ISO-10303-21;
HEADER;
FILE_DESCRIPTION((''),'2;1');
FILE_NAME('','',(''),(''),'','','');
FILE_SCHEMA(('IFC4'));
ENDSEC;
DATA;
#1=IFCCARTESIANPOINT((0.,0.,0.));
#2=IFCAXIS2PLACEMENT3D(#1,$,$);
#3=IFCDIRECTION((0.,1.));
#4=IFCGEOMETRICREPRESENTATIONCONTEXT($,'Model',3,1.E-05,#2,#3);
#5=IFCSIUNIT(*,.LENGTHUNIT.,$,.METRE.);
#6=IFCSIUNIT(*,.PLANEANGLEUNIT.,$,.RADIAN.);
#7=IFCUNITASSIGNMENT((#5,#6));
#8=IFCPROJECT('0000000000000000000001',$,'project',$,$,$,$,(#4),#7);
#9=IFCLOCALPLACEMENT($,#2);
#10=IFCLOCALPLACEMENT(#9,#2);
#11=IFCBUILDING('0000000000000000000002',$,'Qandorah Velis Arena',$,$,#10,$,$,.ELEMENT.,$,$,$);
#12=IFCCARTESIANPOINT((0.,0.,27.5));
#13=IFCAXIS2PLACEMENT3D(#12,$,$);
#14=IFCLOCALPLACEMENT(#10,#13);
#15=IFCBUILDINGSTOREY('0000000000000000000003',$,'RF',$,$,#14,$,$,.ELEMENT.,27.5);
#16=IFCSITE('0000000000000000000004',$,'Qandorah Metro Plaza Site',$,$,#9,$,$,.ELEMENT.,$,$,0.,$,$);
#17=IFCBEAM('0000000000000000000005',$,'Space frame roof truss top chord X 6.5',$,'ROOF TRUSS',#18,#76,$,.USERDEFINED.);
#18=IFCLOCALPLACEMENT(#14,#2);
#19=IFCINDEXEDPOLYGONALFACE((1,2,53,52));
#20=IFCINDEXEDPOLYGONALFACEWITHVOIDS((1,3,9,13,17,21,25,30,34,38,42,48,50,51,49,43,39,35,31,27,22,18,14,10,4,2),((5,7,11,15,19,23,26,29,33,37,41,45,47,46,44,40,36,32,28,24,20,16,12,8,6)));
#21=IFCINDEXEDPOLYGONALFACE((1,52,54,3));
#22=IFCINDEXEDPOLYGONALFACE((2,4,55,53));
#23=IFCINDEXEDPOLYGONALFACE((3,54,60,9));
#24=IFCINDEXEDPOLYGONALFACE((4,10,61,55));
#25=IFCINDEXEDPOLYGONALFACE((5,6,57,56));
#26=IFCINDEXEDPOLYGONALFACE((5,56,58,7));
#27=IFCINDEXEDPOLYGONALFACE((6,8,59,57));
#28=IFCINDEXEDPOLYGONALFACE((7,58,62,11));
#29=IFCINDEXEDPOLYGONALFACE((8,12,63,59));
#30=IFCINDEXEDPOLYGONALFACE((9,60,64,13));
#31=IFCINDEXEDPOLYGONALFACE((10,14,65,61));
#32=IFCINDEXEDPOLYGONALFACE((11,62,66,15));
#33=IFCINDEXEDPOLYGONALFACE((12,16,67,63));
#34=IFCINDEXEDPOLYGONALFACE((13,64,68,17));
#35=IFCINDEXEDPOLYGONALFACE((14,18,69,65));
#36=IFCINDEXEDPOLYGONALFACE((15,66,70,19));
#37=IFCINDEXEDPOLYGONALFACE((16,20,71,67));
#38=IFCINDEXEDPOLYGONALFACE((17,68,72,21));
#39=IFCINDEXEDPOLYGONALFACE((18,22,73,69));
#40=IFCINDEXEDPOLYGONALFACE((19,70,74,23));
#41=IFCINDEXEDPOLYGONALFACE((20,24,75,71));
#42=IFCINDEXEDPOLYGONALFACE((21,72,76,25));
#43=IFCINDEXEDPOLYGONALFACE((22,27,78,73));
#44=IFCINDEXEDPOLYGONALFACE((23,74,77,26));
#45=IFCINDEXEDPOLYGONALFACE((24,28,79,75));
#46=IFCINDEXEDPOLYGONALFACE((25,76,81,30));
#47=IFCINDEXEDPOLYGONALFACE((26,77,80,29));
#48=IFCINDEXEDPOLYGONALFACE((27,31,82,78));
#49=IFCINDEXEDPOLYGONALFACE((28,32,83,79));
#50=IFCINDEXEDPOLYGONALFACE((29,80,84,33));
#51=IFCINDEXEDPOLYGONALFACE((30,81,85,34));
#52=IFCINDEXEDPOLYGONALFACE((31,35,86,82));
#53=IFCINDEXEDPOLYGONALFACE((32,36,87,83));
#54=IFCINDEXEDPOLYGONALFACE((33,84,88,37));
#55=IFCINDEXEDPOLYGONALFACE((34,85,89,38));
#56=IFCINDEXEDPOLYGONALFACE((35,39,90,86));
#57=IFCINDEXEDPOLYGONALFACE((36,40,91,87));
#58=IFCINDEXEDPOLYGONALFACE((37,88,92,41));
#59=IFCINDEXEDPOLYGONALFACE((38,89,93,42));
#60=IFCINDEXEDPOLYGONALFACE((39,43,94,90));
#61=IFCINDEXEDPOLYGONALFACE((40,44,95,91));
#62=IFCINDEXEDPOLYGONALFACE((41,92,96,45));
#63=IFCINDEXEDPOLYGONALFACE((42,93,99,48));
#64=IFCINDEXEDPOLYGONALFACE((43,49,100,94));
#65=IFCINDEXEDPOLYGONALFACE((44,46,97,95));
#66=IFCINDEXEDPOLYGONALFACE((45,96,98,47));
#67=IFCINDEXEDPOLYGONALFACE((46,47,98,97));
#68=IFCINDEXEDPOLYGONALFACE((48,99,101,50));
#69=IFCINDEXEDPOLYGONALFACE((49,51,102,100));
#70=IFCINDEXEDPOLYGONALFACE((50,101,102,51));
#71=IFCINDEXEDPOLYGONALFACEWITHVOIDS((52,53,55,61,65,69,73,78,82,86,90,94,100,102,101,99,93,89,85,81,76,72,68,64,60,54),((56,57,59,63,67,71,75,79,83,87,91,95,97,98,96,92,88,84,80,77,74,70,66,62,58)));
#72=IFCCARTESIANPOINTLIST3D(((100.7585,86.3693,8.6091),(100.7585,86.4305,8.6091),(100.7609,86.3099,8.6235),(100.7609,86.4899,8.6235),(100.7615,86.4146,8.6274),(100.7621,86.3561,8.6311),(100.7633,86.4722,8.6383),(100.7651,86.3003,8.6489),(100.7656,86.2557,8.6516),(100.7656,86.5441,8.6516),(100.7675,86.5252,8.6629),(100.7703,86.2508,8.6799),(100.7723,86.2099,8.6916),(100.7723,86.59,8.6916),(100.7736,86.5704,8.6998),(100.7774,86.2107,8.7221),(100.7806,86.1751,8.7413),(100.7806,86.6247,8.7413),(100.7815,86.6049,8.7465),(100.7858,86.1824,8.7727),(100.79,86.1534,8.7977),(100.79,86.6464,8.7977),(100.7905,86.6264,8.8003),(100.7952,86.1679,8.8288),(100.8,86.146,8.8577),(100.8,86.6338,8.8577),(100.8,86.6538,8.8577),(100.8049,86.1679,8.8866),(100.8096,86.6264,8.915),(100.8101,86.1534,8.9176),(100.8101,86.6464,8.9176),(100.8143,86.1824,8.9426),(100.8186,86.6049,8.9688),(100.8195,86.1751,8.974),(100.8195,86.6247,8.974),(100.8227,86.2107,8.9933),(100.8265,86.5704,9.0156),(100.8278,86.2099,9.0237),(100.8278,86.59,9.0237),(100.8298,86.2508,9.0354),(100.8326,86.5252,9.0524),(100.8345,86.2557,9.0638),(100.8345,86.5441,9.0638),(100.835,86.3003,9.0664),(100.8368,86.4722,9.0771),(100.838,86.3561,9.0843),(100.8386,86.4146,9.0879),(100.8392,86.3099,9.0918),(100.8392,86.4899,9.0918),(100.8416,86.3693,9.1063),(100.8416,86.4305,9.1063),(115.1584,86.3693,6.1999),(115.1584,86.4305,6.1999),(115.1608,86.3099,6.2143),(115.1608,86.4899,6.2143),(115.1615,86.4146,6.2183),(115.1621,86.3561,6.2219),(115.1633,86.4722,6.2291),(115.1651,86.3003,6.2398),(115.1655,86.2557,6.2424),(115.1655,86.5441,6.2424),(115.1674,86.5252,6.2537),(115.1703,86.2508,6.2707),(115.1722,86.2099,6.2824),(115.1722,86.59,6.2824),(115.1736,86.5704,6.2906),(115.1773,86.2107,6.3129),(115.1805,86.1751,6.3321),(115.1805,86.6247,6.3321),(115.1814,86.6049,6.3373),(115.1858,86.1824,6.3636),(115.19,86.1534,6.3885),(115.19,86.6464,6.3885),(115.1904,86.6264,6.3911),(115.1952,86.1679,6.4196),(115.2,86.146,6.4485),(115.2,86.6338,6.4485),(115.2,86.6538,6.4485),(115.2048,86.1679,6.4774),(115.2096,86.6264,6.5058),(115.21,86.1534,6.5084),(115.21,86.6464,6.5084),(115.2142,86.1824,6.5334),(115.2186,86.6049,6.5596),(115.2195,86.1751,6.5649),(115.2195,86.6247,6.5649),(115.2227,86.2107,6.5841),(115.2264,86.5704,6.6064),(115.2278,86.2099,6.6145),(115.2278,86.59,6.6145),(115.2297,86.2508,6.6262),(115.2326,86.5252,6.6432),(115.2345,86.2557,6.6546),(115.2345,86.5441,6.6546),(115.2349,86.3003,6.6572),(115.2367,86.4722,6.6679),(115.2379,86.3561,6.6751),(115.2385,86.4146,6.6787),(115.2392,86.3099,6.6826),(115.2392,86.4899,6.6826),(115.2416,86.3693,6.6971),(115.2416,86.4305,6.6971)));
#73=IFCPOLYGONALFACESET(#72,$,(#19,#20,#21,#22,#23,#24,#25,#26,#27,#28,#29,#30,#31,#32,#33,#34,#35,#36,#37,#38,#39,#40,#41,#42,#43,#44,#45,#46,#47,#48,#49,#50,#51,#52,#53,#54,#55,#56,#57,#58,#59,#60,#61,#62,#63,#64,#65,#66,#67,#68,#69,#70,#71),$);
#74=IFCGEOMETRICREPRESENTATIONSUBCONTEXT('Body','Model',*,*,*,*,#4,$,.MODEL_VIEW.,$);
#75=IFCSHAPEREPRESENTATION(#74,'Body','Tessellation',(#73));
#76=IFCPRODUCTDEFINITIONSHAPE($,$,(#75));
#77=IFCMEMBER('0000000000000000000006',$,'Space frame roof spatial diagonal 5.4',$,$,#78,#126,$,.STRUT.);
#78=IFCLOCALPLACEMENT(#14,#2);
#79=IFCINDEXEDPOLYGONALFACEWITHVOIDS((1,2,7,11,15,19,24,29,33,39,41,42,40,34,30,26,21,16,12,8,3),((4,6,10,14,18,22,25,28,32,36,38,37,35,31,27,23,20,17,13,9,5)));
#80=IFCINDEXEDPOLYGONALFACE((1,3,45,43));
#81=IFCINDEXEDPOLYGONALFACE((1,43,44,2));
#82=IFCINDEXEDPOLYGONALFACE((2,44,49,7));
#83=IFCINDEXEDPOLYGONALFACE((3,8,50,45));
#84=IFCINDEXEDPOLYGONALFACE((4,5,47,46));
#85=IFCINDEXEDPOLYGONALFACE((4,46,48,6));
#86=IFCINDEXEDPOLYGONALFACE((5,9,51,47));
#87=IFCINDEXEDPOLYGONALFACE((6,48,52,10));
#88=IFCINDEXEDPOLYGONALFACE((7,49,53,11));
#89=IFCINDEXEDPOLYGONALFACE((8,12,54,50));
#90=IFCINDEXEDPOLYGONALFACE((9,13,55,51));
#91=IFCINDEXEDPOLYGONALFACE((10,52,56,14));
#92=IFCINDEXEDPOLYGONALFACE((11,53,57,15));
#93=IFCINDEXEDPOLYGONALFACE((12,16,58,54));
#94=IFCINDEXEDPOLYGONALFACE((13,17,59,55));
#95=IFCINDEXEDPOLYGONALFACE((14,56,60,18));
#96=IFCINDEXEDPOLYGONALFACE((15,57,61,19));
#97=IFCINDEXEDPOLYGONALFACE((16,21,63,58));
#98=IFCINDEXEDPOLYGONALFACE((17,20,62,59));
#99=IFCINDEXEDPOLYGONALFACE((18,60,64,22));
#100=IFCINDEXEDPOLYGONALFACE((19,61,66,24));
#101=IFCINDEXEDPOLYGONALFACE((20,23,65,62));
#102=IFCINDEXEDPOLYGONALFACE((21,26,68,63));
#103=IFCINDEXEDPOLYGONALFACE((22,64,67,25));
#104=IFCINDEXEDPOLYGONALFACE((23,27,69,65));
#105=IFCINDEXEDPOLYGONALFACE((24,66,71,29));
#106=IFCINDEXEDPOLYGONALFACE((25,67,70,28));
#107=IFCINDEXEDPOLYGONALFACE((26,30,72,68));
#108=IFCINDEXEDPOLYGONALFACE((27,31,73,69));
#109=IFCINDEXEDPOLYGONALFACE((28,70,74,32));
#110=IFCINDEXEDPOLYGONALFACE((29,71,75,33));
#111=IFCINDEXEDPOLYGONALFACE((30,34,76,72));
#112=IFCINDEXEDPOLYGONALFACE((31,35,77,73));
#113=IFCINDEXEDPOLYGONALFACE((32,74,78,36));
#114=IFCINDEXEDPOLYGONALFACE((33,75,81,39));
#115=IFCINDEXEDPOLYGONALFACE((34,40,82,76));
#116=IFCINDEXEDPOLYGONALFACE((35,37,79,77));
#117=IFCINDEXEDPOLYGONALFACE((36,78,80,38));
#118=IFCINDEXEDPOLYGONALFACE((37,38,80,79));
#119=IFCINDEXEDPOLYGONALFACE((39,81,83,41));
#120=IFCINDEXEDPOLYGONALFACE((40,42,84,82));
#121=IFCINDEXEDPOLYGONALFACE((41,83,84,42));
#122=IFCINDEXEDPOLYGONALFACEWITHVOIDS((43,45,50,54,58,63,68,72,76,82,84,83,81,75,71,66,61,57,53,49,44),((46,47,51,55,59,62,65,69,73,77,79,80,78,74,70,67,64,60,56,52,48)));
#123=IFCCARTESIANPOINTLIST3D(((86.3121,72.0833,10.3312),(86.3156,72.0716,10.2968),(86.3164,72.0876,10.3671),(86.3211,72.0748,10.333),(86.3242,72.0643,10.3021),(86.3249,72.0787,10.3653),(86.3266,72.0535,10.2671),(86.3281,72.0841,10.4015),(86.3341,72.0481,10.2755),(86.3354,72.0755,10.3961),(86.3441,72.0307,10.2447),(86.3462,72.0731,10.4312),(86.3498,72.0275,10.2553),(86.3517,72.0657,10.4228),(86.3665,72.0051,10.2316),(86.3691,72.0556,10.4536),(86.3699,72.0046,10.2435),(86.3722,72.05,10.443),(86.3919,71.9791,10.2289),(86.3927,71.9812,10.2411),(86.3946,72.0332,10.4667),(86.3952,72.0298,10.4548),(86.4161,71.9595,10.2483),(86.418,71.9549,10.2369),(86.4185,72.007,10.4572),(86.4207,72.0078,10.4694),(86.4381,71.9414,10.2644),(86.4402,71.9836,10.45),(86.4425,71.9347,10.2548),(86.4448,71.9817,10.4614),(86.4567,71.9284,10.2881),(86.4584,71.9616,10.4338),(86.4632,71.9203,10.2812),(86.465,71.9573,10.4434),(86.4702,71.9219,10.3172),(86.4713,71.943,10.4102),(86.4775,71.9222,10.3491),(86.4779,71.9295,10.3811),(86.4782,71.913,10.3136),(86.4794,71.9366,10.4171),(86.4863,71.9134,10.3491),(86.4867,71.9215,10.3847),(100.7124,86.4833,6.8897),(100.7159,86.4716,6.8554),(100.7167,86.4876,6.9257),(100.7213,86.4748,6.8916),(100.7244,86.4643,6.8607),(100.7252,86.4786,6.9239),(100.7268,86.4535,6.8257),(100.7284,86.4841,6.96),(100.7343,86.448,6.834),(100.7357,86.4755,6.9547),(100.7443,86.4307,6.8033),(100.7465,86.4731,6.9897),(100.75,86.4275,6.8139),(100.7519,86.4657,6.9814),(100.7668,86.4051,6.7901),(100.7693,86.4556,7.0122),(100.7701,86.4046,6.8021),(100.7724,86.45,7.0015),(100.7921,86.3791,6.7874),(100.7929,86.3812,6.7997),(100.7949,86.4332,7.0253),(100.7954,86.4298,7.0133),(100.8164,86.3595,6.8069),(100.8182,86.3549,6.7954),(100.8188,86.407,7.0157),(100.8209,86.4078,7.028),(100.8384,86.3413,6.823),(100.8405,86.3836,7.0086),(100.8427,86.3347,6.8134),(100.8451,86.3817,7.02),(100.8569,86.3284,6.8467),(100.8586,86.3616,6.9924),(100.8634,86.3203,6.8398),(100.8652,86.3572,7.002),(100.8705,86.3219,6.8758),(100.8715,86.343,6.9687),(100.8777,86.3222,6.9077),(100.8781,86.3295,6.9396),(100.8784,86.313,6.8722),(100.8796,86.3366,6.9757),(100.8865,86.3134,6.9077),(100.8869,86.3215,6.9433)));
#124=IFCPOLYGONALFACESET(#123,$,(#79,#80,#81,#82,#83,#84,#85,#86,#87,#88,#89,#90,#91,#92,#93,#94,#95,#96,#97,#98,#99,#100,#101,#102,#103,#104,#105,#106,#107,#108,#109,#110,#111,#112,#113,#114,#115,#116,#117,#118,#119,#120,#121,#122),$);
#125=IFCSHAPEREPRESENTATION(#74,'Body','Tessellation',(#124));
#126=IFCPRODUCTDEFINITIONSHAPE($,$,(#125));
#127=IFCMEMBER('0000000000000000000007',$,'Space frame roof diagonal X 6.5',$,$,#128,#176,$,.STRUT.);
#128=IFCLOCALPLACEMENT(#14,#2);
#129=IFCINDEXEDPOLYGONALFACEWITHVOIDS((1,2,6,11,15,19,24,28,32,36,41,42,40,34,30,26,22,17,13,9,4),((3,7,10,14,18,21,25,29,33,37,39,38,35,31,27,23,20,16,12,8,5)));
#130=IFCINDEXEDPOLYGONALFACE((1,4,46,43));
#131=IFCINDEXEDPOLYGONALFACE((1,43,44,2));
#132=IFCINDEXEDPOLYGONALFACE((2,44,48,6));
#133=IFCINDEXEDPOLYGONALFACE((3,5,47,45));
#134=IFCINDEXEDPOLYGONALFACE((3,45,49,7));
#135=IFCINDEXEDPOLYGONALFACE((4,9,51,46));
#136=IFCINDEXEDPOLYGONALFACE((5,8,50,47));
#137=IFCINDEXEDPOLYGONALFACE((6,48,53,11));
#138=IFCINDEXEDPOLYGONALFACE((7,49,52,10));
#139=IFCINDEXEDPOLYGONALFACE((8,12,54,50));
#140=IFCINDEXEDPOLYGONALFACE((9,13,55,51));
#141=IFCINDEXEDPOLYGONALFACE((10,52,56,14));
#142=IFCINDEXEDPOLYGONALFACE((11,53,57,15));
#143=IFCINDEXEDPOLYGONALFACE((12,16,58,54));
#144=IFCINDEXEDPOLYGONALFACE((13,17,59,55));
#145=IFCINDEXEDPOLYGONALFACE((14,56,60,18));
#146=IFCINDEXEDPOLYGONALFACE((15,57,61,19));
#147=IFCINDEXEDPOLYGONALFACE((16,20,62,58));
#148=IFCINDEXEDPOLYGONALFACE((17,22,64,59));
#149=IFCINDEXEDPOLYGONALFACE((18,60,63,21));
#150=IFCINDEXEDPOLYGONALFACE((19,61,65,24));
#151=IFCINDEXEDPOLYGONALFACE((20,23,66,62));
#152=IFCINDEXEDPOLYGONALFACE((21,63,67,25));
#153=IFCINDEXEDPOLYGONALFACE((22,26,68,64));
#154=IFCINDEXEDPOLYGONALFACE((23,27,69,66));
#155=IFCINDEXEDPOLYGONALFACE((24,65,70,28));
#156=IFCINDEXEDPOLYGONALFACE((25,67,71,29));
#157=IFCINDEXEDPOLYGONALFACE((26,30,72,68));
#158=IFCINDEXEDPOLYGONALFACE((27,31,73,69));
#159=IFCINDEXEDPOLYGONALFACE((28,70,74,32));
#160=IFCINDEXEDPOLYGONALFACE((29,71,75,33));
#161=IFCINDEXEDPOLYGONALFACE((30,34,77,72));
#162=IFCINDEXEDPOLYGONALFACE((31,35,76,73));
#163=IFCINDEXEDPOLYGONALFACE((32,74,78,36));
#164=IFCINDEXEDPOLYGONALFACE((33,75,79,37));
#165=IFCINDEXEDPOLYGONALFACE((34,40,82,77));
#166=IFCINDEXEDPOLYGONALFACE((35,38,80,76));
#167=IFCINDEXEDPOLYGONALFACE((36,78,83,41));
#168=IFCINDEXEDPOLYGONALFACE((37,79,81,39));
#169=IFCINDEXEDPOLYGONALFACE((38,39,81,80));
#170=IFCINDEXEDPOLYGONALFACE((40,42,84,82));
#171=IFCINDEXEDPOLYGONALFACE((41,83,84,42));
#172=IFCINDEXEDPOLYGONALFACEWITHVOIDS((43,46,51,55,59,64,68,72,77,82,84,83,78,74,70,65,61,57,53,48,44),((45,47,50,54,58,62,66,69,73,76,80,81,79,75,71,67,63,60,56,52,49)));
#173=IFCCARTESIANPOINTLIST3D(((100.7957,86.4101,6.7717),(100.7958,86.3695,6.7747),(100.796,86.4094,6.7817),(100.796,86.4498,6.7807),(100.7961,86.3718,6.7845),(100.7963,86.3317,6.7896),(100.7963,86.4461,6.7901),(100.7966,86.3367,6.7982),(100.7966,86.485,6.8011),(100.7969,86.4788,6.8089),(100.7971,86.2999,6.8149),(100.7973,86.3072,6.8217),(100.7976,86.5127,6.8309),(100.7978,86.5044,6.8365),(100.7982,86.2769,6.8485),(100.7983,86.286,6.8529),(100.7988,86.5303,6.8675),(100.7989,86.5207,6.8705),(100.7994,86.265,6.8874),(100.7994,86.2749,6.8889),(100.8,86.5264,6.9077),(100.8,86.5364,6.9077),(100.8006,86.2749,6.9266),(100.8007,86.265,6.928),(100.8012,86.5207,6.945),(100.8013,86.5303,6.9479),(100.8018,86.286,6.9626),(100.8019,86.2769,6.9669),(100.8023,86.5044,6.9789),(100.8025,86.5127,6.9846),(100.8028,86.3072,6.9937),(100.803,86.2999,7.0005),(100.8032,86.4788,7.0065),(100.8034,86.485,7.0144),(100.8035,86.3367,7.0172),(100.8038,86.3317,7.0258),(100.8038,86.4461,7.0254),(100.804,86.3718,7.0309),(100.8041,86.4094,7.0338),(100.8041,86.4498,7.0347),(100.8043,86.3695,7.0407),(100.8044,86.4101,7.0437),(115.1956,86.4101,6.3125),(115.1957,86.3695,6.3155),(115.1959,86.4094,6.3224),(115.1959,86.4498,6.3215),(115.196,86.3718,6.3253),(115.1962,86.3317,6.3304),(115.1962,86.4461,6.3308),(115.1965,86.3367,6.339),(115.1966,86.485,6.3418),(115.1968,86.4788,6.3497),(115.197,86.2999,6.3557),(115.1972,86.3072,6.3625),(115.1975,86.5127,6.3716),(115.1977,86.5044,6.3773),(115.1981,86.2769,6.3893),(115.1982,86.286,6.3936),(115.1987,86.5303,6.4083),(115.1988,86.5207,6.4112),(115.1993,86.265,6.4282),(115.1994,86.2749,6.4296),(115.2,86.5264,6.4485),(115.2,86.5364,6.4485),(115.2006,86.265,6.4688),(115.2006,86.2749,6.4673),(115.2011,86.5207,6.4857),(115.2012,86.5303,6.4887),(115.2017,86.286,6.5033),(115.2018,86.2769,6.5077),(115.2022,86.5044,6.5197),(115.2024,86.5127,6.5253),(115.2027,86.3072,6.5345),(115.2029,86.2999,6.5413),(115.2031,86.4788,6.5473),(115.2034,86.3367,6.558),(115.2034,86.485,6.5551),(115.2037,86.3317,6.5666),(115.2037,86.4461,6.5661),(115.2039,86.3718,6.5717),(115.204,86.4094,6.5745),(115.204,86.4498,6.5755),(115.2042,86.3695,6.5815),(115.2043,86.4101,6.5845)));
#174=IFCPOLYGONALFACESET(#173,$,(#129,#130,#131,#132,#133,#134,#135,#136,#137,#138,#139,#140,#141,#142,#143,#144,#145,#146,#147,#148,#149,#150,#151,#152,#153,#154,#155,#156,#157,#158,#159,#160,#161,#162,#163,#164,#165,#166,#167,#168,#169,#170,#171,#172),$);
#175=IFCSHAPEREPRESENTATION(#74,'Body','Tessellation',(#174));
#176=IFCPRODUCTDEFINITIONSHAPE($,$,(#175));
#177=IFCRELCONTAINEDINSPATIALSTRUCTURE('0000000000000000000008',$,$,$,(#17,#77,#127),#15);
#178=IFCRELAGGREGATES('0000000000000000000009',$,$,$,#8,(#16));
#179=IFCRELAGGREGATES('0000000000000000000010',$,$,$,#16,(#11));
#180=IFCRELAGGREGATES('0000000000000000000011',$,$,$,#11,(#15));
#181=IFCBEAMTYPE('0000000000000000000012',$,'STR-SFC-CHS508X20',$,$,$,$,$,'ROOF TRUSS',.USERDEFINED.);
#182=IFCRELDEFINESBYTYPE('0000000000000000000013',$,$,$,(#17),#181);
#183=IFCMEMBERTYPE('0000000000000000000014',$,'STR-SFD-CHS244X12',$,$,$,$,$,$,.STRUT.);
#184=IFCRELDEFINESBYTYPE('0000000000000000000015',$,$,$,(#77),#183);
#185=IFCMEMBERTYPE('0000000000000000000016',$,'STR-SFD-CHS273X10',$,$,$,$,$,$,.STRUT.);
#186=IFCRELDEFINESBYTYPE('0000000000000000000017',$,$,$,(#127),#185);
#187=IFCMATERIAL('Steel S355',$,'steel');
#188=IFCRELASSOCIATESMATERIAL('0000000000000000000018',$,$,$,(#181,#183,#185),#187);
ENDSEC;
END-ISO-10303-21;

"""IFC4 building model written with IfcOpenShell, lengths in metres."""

from ifc_helpers import new_model, si_unit, direction, frame, origin, origin_2d, place, context, subcontext, project, spatial, hollow_circle, extrude, material, material_profile, profile_set, type_object, element, save


model = new_model("IFC4")

# Units and contexts
model_context = context("Model", 3, precision=1e-05, world=origin(), true_north=direction((0.0, 1.0)))
body_context = subcontext(model_context, "Body", "Model", "MODEL_VIEW")
ifc_project = project(units=[si_unit("LENGTHUNIT", "METRE"), si_unit("PLANEANGLEUNIT", "RADIAN")], contexts=[model_context])

# Site, building, storey
site_placement = place(None, origin())
site = spatial("IfcSite", under=ifc_project, at=site_placement, Name="Qandorah Metro Plaza Site", CompositionType="ELEMENT", RefElevation=0.0)
building_placement = place(site_placement, origin())
building = spatial("IfcBuilding", under=site, at=building_placement, Name="Qandorah Velis Arena", CompositionType="ELEMENT")
storey_placement = place(building_placement, frame((0.0, 0.0, 27.5)))
storey = spatial("IfcBuildingStorey", under=building, at=storey_placement, Name="RF", CompositionType="ELEMENT", Elevation=27.5)

# Beam
ifc_material_1 = material(Name="Steel S355", Category="steel")
ifc_material_profile_1 = material_profile(ifc_material_1, hollow_circle(Radius=0.2539, WallThickness=0.02, at=origin_2d()), Name="CHS 508x20")
ifc_profile_set_1 = profile_set([ifc_material_profile_1], Name="Steel S355")
beam_type_1 = type_object("IfcBeamType", Name="STR-SFC-CHS508X20", ElementType="ROOF TRUSS", PredefinedType="USERDEFINED", material=ifc_profile_set_1)
beam_1_placement = place(storey_placement, frame((100.8, 86.3999, 8.8577), z_axis=(0.986292, 0.0, -0.165012), x_axis=(0.0, 1.0, 0.0)))
element("IfcBeam", 1, at=beam_1_placement, inside=storey, type_object=beam_type_1, Name="Space frame roof truss top chord X 6.5", ObjectType="ROOF TRUSS", PredefinedType="USERDEFINED", context=body_context, shape_type="SweptSolid", body=[
    extrude(hollow_circle(Radius=0.2539, WallThickness=0.02, at=origin_2d()), origin(), (0.0, 0.0, 1.0), 14.6001),
])

# Members
ifc_material_profile_2 = material_profile(ifc_material_1, hollow_circle(Radius=0.1223, WallThickness=0.0125, at=origin_2d()), Name="CHS 244.5x12.5")
ifc_profile_set_2 = profile_set([ifc_material_profile_2], Name="Steel S355")
member_type_1 = type_object("IfcMemberType", Name="STR-SFD-CHS244X12", PredefinedType="STRUT", material=ifc_profile_set_2)
member_1_placement = place(storey_placement, frame((100.8, 86.3999, 6.9077), z_axis=(-0.697227, -0.697216, 0.166626), x_axis=(0.707101, -0.707113, 0.0)))
element("IfcMember", 2, at=member_1_placement, inside=storey, type_object=member_type_1, Name="Space frame roof spatial diagonal 5.4", PredefinedType="STRUT", context=body_context, shape_type="SweptSolid", body=[
    extrude(hollow_circle(Radius=0.1223, WallThickness=0.0125, at=origin_2d()), origin(), (0.0, 0.0, 1.0), 20.6536),
])
ifc_material_profile_3 = material_profile(ifc_material_1, hollow_circle(Radius=0.1365, WallThickness=0.01, at=origin_2d()), Name="CHS 273x10")
ifc_profile_set_3 = profile_set([ifc_material_profile_3], Name="Steel S355")
member_type_2 = type_object("IfcMemberType", Name="STR-SFD-CHS273X10", PredefinedType="STRUT", material=ifc_profile_set_3)
member_2_placement = place(storey_placement, frame((100.8, 86.3999, 6.9077), z_axis=(0.999492, 0.0, -0.031875), x_axis=(0.0, 1.0, 0.0)))
element("IfcMember", 3, at=member_2_placement, inside=storey, type_object=member_type_2, Name="Space frame roof diagonal X 6.5", PredefinedType="STRUT", context=body_context, shape_type="SweptSolid", body=[
    extrude(hollow_circle(Radius=0.1365, WallThickness=0.01, at=origin_2d()), origin(), (0.0, 0.0, 1.0), 14.4072),
])

save(model, "model.ifc")
